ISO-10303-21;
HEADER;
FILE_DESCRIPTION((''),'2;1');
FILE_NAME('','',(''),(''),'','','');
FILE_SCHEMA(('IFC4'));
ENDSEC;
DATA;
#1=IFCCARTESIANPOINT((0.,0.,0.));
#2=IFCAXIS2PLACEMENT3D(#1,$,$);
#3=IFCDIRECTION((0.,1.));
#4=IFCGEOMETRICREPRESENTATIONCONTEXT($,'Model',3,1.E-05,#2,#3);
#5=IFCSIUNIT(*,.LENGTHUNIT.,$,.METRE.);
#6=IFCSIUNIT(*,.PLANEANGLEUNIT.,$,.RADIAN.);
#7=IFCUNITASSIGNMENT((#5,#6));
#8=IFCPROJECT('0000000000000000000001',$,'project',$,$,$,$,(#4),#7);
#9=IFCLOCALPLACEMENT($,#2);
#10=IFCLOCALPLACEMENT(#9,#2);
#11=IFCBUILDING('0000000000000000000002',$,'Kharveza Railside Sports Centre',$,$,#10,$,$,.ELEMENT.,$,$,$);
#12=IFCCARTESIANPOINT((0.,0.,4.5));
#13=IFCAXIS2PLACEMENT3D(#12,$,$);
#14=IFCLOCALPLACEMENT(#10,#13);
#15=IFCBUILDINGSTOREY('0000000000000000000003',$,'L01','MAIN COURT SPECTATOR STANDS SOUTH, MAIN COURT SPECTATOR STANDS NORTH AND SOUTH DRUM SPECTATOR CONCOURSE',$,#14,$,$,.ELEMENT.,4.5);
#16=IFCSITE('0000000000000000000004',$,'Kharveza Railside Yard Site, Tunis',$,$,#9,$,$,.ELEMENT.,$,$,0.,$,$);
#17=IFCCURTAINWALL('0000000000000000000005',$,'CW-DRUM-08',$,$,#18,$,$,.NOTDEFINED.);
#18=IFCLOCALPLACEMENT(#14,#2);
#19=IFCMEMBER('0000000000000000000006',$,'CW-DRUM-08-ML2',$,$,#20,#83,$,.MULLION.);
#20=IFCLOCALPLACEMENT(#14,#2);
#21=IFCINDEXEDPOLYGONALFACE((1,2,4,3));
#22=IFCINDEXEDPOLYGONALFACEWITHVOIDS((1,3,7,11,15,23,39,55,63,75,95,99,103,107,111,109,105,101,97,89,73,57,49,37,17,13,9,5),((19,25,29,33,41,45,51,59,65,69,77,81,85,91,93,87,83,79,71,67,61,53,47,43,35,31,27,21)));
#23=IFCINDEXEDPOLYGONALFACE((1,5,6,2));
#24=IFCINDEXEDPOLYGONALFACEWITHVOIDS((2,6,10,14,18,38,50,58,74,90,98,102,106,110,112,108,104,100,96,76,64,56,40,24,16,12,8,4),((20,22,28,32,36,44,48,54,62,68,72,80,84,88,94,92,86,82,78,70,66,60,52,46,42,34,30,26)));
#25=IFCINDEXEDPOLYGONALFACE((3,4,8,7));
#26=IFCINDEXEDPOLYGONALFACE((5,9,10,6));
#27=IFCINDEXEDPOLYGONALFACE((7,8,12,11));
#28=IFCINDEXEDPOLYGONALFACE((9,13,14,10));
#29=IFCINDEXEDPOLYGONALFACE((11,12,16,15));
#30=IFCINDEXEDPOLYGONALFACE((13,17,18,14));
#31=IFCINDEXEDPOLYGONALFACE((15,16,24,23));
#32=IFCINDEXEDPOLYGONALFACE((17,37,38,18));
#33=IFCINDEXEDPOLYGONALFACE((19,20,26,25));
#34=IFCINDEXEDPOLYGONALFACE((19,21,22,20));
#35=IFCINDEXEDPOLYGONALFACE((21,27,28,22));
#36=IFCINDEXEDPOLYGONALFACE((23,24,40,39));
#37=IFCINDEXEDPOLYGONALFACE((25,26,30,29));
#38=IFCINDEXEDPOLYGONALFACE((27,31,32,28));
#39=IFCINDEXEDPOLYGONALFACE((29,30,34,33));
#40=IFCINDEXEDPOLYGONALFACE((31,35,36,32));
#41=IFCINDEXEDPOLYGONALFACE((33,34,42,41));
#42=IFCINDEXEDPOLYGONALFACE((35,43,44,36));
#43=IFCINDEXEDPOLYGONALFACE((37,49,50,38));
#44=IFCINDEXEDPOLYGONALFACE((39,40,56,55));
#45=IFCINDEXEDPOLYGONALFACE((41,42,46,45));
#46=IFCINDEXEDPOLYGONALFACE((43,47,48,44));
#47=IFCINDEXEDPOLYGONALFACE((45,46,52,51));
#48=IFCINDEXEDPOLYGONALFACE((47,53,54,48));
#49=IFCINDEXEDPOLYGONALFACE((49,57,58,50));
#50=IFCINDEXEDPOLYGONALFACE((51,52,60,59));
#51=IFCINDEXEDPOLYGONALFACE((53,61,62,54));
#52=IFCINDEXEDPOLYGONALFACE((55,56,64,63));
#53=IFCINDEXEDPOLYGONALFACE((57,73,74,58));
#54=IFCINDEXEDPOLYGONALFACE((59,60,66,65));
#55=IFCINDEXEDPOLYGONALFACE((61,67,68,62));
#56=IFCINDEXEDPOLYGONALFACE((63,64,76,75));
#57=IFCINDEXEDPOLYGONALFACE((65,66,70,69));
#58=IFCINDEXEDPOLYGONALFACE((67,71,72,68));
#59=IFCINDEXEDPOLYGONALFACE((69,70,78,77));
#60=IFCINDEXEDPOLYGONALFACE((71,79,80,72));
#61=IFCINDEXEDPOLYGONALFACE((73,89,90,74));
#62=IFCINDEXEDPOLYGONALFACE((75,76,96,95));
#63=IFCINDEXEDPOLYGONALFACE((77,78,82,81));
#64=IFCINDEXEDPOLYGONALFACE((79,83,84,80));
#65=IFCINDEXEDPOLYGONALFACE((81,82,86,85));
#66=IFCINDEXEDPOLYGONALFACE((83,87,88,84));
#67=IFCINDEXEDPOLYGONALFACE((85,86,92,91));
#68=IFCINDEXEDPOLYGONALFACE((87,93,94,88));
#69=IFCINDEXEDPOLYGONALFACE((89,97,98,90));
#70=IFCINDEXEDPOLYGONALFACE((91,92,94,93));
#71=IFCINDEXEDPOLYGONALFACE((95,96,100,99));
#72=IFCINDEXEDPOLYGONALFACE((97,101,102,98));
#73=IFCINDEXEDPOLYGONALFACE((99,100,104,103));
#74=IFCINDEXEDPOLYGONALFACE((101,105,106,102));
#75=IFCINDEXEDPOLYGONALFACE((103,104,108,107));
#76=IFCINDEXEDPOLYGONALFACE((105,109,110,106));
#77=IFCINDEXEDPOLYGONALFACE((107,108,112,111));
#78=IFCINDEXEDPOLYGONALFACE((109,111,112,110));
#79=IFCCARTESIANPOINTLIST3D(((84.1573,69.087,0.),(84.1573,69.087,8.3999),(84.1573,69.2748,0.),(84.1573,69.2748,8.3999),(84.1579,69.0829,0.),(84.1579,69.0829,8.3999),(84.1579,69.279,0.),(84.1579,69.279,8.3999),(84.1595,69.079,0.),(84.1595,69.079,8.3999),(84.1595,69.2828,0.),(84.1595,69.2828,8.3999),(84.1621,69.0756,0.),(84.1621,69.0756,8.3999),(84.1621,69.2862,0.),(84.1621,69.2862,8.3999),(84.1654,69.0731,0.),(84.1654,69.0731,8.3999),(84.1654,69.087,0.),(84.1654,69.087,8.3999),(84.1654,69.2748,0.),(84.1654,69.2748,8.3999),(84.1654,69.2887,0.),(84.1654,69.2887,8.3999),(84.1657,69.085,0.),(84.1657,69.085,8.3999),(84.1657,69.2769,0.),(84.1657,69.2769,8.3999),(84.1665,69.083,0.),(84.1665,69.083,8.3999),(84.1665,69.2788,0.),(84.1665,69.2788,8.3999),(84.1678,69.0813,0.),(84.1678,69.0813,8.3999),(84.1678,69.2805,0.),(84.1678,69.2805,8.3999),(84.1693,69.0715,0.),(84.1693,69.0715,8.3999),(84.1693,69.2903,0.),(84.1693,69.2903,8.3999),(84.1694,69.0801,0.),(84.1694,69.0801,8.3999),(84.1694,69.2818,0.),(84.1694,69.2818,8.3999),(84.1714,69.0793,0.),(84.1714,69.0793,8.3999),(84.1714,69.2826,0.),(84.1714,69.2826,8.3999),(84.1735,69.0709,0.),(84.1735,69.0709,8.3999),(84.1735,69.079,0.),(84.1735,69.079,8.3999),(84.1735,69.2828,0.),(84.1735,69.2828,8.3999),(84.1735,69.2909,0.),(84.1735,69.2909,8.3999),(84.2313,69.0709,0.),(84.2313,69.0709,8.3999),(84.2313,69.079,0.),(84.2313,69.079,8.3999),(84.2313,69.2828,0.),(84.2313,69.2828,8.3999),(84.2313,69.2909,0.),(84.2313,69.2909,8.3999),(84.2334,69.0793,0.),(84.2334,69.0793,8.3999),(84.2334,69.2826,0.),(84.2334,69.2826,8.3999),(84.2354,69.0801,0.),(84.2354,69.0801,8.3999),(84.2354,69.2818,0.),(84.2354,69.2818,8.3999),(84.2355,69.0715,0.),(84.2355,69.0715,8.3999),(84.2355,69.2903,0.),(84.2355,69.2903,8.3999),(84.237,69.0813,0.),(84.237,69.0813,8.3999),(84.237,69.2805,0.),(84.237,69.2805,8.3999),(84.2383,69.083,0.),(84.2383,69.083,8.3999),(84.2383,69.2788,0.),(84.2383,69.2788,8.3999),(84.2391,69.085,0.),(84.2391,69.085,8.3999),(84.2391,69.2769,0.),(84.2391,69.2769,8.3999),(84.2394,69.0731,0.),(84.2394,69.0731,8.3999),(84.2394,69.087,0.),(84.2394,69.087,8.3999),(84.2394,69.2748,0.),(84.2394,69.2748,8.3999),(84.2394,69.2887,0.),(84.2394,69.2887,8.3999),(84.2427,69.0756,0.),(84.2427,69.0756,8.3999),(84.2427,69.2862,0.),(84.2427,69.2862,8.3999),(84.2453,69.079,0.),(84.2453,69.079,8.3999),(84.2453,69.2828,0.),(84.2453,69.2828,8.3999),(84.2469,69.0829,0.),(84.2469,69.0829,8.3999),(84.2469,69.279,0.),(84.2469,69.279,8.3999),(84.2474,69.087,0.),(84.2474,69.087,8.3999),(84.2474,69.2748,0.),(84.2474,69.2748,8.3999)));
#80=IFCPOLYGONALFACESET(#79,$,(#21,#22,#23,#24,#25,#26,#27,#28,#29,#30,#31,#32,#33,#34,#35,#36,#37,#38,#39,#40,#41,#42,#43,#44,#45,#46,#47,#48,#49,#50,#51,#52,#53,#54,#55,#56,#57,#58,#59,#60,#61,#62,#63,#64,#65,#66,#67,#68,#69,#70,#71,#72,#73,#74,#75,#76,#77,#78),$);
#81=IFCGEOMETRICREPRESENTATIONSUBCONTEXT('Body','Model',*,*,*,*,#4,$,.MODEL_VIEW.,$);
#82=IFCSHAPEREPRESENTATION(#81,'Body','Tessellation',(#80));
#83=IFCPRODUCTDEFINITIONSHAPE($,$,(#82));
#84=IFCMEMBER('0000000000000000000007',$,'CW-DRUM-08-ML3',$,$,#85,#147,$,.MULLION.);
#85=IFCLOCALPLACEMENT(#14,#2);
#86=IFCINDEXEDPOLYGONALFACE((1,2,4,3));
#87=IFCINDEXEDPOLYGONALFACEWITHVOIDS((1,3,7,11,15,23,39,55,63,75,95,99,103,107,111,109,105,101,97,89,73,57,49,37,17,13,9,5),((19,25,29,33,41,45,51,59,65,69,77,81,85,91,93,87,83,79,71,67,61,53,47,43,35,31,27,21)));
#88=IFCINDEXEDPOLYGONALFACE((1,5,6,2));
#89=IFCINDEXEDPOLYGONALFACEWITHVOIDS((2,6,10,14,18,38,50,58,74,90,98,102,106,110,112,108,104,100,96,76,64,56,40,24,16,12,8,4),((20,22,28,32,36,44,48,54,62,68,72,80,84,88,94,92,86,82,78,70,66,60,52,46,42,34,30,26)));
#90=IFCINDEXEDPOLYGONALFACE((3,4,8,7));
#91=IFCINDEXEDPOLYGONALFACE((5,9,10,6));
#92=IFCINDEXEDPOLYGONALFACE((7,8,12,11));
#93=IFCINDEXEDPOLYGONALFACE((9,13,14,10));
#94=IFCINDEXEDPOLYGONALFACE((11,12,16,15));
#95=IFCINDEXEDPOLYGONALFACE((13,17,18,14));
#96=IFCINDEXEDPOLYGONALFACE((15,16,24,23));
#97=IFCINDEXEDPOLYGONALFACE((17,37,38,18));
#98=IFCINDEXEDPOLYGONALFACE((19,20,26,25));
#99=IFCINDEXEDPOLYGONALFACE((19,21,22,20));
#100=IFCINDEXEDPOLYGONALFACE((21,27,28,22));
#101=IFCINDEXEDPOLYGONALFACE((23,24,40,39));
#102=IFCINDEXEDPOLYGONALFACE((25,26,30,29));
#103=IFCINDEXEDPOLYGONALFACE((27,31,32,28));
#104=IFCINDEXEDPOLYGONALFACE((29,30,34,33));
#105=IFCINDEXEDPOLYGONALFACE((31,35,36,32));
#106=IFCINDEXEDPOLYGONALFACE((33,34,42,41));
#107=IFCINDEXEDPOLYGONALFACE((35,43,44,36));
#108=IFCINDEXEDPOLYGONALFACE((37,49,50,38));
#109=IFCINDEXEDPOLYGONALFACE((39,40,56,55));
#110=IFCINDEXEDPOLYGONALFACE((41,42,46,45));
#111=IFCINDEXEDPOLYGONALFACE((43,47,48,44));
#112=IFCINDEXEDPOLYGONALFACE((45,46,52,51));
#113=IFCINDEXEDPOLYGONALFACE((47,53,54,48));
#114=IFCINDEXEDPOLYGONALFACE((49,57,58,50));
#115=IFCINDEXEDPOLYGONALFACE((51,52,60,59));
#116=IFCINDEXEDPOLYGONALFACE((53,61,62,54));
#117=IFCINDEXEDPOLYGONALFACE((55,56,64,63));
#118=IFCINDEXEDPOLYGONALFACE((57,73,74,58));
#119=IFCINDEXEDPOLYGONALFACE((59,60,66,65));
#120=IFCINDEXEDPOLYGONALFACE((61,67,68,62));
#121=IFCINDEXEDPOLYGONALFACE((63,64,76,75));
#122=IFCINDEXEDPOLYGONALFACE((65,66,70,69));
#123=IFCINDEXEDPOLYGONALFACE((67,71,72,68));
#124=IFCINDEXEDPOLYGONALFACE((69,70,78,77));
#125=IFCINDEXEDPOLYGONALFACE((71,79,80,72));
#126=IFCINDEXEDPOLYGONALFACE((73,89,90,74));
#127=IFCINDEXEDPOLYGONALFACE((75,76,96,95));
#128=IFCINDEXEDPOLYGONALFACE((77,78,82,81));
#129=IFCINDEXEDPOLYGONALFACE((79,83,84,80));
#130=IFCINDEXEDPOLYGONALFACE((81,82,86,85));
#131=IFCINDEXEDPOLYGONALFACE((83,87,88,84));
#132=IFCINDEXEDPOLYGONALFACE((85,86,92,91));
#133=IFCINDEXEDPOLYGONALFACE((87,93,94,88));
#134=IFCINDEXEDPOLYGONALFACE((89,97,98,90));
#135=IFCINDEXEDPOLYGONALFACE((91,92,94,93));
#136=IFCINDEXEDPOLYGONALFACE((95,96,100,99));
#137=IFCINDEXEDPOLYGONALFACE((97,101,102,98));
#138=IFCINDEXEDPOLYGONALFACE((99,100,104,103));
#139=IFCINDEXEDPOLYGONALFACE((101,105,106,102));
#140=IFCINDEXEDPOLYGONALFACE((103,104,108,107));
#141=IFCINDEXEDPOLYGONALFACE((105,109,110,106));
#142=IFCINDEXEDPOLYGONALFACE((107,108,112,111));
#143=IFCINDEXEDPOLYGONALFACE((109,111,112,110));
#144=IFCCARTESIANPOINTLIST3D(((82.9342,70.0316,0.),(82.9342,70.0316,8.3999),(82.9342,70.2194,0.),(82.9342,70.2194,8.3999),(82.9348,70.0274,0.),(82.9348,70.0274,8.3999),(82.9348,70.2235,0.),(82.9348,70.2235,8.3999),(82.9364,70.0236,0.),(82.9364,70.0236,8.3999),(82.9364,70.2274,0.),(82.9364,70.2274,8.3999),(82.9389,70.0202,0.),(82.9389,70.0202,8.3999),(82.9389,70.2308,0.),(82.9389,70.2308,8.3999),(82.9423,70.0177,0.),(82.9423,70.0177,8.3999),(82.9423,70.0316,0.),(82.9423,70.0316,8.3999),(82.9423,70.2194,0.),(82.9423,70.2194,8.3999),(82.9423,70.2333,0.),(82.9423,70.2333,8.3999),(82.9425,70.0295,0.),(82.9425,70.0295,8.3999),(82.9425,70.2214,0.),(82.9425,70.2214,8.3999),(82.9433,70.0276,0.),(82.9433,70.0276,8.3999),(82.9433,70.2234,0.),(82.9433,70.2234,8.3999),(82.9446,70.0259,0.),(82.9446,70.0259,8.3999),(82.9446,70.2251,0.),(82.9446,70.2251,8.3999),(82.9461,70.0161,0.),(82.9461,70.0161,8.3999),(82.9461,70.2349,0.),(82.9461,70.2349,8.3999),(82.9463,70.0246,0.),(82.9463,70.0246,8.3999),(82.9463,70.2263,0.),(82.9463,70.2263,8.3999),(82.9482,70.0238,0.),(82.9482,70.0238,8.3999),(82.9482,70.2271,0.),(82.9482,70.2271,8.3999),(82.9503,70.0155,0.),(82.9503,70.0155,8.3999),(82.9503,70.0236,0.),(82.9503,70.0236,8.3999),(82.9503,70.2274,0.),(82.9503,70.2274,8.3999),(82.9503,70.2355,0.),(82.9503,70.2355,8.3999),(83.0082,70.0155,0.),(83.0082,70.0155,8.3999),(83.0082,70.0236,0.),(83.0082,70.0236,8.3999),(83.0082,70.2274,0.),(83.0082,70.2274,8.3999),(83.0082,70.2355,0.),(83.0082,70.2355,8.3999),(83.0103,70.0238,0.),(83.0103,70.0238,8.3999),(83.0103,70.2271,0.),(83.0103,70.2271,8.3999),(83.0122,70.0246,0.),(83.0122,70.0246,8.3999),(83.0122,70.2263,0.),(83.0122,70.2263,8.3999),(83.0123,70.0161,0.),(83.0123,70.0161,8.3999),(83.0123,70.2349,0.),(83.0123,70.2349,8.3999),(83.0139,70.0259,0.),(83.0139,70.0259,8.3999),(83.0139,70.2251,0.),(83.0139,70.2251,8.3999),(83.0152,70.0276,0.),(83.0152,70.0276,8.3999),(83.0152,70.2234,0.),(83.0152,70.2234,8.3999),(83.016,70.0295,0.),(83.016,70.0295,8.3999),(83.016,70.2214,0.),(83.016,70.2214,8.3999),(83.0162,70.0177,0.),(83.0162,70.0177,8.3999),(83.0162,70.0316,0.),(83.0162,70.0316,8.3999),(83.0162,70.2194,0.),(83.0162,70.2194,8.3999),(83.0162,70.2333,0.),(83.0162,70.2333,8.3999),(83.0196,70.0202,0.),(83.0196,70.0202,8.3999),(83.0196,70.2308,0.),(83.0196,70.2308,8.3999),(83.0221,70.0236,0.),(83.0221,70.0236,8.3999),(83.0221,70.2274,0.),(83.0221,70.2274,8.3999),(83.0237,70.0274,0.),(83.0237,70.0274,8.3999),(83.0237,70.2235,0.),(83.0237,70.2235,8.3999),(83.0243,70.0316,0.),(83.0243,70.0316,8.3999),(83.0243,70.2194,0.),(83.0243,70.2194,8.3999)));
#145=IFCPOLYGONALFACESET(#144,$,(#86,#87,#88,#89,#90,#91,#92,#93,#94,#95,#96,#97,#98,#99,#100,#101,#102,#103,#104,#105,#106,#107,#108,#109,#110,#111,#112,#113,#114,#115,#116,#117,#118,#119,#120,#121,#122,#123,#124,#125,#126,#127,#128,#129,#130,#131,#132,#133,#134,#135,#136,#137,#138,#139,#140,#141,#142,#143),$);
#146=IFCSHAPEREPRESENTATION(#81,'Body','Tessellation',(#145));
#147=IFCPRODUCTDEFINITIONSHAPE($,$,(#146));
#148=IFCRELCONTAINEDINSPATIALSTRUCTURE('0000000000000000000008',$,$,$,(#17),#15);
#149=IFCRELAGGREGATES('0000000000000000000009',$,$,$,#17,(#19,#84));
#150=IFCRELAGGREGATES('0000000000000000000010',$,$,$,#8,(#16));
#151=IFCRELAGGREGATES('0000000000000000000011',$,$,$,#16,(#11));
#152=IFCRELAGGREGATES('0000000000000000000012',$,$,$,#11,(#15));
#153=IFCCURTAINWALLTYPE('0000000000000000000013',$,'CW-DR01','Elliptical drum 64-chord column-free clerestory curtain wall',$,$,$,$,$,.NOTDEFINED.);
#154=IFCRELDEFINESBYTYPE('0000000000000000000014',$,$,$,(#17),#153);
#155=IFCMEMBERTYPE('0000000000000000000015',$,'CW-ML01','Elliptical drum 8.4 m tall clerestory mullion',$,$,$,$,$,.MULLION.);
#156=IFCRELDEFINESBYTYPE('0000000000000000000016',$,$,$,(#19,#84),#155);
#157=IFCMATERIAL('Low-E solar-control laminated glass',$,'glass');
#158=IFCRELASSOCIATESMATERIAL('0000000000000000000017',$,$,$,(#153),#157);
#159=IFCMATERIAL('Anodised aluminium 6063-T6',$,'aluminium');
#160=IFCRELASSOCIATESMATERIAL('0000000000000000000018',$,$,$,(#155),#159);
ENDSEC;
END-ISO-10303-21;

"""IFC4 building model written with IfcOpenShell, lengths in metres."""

from ifc_helpers import new_model, si_unit, direction, frame, origin, origin_2d, place, context, subcontext, project, spatial, hollow_rectangle, extrude, material, material_profile, profile_set, type_object, element, aggregate, save


model = new_model("IFC4")

# Units and contexts
model_context = context("Model", 3, precision=1e-05, world=origin(), true_north=direction((0.0, 1.0)))
body_context = subcontext(model_context, "Body", "Model", "MODEL_VIEW")
ifc_project = project(units=[si_unit("LENGTHUNIT", "METRE"), si_unit("PLANEANGLEUNIT", "RADIAN")], contexts=[model_context])

# Site, building, storey
site_placement = place(None, origin())
site = spatial("IfcSite", under=ifc_project, at=site_placement, Name="Kharveza Railside Yard Site, Tunis", CompositionType="ELEMENT", RefElevation=0.0)
building_placement = place(site_placement, origin())
building = spatial("IfcBuilding", under=site, at=building_placement, Name="Kharveza Railside Sports Centre", CompositionType="ELEMENT")
storey_placement = place(building_placement, frame((0.0, 0.0, 4.5)))
storey = spatial("IfcBuildingStorey", under=building, at=storey_placement, Name="L01", Description="MAIN COURT SPECTATOR STANDS SOUTH, MAIN COURT SPECTATOR STANDS NORTH AND SOUTH DRUM SPECTATOR CONCOURSE", CompositionType="ELEMENT", Elevation=4.5)

# Shared definitions
ifc_material_1 = material(Name="Low-E solar-control laminated glass", Category="glass")
curtain_wall_type = type_object("IfcCurtainWallType", Name="CW-DR01", Description="Elliptical drum 64-chord column-free clerestory curtain wall", PredefinedType="NOTDEFINED", material=ifc_material_1)
ifc_material_2 = material(Name="Anodised aluminium 6063-T6", Category="aluminium")
ifc_material_profile_1 = material_profile(ifc_material_2, hollow_rectangle(XDim=0.0901, YDim=0.22, WallThickness=0.0081, InnerFilletRadius=0.0081, OuterFilletRadius=0.0161, at=origin_2d()), Name="RHS 90x220x8.0")
ifc_profile_set_1 = profile_set([ifc_material_profile_1], Name="Anodised aluminium 6063-T6")
member_type_1 = type_object("IfcMemberType", Name="CW-ML01", Description="Elliptical drum 8.4 m tall clerestory mullion", PredefinedType="MULLION", material=ifc_profile_set_1)

# Curtain wall, members
curtain_wall_1_placement = place(storey_placement, origin())
curtain_wall_1 = element("IfcCurtainWall", 1, at=curtain_wall_1_placement, inside=storey, type_object=curtain_wall_type, Name="CW-DRUM-08", PredefinedType="NOTDEFINED")
member_1_placement = place(storey_placement, frame((84.2024, 69.1809, 0.0), z_axis=(0.0, 0.0, 1.0), x_axis=(1.0, 0.0, 0.0)))
member_1 = element("IfcMember", 2, at=member_1_placement, type_object=member_type_1, Name="CW-DRUM-08-ML2", PredefinedType="MULLION", context=body_context, shape_type="SweptSolid", body=[
    extrude(hollow_rectangle(XDim=0.0901, YDim=0.22, WallThickness=0.0081, InnerFilletRadius=0.0081, OuterFilletRadius=0.0161, at=origin_2d()), origin(), (0.0, 0.0, 1.0), 8.3999),
])
member_2_placement = place(storey_placement, frame((82.9792, 70.1255, 0.0), z_axis=(0.0, 0.0, 1.0), x_axis=(1.0, 0.0, 0.0)))
member_2 = element("IfcMember", 3, at=member_2_placement, type_object=member_type_1, Name="CW-DRUM-08-ML3", PredefinedType="MULLION", context=body_context, shape_type="SweptSolid", body=[
    extrude(hollow_rectangle(XDim=0.0901, YDim=0.22, WallThickness=0.0081, InnerFilletRadius=0.0081, OuterFilletRadius=0.0161, at=origin_2d()), origin(), (0.0, 0.0, 1.0), 8.3999),
])

aggregate(curtain_wall_1, [member_1, member_2])

save(model, "model.ifc")
